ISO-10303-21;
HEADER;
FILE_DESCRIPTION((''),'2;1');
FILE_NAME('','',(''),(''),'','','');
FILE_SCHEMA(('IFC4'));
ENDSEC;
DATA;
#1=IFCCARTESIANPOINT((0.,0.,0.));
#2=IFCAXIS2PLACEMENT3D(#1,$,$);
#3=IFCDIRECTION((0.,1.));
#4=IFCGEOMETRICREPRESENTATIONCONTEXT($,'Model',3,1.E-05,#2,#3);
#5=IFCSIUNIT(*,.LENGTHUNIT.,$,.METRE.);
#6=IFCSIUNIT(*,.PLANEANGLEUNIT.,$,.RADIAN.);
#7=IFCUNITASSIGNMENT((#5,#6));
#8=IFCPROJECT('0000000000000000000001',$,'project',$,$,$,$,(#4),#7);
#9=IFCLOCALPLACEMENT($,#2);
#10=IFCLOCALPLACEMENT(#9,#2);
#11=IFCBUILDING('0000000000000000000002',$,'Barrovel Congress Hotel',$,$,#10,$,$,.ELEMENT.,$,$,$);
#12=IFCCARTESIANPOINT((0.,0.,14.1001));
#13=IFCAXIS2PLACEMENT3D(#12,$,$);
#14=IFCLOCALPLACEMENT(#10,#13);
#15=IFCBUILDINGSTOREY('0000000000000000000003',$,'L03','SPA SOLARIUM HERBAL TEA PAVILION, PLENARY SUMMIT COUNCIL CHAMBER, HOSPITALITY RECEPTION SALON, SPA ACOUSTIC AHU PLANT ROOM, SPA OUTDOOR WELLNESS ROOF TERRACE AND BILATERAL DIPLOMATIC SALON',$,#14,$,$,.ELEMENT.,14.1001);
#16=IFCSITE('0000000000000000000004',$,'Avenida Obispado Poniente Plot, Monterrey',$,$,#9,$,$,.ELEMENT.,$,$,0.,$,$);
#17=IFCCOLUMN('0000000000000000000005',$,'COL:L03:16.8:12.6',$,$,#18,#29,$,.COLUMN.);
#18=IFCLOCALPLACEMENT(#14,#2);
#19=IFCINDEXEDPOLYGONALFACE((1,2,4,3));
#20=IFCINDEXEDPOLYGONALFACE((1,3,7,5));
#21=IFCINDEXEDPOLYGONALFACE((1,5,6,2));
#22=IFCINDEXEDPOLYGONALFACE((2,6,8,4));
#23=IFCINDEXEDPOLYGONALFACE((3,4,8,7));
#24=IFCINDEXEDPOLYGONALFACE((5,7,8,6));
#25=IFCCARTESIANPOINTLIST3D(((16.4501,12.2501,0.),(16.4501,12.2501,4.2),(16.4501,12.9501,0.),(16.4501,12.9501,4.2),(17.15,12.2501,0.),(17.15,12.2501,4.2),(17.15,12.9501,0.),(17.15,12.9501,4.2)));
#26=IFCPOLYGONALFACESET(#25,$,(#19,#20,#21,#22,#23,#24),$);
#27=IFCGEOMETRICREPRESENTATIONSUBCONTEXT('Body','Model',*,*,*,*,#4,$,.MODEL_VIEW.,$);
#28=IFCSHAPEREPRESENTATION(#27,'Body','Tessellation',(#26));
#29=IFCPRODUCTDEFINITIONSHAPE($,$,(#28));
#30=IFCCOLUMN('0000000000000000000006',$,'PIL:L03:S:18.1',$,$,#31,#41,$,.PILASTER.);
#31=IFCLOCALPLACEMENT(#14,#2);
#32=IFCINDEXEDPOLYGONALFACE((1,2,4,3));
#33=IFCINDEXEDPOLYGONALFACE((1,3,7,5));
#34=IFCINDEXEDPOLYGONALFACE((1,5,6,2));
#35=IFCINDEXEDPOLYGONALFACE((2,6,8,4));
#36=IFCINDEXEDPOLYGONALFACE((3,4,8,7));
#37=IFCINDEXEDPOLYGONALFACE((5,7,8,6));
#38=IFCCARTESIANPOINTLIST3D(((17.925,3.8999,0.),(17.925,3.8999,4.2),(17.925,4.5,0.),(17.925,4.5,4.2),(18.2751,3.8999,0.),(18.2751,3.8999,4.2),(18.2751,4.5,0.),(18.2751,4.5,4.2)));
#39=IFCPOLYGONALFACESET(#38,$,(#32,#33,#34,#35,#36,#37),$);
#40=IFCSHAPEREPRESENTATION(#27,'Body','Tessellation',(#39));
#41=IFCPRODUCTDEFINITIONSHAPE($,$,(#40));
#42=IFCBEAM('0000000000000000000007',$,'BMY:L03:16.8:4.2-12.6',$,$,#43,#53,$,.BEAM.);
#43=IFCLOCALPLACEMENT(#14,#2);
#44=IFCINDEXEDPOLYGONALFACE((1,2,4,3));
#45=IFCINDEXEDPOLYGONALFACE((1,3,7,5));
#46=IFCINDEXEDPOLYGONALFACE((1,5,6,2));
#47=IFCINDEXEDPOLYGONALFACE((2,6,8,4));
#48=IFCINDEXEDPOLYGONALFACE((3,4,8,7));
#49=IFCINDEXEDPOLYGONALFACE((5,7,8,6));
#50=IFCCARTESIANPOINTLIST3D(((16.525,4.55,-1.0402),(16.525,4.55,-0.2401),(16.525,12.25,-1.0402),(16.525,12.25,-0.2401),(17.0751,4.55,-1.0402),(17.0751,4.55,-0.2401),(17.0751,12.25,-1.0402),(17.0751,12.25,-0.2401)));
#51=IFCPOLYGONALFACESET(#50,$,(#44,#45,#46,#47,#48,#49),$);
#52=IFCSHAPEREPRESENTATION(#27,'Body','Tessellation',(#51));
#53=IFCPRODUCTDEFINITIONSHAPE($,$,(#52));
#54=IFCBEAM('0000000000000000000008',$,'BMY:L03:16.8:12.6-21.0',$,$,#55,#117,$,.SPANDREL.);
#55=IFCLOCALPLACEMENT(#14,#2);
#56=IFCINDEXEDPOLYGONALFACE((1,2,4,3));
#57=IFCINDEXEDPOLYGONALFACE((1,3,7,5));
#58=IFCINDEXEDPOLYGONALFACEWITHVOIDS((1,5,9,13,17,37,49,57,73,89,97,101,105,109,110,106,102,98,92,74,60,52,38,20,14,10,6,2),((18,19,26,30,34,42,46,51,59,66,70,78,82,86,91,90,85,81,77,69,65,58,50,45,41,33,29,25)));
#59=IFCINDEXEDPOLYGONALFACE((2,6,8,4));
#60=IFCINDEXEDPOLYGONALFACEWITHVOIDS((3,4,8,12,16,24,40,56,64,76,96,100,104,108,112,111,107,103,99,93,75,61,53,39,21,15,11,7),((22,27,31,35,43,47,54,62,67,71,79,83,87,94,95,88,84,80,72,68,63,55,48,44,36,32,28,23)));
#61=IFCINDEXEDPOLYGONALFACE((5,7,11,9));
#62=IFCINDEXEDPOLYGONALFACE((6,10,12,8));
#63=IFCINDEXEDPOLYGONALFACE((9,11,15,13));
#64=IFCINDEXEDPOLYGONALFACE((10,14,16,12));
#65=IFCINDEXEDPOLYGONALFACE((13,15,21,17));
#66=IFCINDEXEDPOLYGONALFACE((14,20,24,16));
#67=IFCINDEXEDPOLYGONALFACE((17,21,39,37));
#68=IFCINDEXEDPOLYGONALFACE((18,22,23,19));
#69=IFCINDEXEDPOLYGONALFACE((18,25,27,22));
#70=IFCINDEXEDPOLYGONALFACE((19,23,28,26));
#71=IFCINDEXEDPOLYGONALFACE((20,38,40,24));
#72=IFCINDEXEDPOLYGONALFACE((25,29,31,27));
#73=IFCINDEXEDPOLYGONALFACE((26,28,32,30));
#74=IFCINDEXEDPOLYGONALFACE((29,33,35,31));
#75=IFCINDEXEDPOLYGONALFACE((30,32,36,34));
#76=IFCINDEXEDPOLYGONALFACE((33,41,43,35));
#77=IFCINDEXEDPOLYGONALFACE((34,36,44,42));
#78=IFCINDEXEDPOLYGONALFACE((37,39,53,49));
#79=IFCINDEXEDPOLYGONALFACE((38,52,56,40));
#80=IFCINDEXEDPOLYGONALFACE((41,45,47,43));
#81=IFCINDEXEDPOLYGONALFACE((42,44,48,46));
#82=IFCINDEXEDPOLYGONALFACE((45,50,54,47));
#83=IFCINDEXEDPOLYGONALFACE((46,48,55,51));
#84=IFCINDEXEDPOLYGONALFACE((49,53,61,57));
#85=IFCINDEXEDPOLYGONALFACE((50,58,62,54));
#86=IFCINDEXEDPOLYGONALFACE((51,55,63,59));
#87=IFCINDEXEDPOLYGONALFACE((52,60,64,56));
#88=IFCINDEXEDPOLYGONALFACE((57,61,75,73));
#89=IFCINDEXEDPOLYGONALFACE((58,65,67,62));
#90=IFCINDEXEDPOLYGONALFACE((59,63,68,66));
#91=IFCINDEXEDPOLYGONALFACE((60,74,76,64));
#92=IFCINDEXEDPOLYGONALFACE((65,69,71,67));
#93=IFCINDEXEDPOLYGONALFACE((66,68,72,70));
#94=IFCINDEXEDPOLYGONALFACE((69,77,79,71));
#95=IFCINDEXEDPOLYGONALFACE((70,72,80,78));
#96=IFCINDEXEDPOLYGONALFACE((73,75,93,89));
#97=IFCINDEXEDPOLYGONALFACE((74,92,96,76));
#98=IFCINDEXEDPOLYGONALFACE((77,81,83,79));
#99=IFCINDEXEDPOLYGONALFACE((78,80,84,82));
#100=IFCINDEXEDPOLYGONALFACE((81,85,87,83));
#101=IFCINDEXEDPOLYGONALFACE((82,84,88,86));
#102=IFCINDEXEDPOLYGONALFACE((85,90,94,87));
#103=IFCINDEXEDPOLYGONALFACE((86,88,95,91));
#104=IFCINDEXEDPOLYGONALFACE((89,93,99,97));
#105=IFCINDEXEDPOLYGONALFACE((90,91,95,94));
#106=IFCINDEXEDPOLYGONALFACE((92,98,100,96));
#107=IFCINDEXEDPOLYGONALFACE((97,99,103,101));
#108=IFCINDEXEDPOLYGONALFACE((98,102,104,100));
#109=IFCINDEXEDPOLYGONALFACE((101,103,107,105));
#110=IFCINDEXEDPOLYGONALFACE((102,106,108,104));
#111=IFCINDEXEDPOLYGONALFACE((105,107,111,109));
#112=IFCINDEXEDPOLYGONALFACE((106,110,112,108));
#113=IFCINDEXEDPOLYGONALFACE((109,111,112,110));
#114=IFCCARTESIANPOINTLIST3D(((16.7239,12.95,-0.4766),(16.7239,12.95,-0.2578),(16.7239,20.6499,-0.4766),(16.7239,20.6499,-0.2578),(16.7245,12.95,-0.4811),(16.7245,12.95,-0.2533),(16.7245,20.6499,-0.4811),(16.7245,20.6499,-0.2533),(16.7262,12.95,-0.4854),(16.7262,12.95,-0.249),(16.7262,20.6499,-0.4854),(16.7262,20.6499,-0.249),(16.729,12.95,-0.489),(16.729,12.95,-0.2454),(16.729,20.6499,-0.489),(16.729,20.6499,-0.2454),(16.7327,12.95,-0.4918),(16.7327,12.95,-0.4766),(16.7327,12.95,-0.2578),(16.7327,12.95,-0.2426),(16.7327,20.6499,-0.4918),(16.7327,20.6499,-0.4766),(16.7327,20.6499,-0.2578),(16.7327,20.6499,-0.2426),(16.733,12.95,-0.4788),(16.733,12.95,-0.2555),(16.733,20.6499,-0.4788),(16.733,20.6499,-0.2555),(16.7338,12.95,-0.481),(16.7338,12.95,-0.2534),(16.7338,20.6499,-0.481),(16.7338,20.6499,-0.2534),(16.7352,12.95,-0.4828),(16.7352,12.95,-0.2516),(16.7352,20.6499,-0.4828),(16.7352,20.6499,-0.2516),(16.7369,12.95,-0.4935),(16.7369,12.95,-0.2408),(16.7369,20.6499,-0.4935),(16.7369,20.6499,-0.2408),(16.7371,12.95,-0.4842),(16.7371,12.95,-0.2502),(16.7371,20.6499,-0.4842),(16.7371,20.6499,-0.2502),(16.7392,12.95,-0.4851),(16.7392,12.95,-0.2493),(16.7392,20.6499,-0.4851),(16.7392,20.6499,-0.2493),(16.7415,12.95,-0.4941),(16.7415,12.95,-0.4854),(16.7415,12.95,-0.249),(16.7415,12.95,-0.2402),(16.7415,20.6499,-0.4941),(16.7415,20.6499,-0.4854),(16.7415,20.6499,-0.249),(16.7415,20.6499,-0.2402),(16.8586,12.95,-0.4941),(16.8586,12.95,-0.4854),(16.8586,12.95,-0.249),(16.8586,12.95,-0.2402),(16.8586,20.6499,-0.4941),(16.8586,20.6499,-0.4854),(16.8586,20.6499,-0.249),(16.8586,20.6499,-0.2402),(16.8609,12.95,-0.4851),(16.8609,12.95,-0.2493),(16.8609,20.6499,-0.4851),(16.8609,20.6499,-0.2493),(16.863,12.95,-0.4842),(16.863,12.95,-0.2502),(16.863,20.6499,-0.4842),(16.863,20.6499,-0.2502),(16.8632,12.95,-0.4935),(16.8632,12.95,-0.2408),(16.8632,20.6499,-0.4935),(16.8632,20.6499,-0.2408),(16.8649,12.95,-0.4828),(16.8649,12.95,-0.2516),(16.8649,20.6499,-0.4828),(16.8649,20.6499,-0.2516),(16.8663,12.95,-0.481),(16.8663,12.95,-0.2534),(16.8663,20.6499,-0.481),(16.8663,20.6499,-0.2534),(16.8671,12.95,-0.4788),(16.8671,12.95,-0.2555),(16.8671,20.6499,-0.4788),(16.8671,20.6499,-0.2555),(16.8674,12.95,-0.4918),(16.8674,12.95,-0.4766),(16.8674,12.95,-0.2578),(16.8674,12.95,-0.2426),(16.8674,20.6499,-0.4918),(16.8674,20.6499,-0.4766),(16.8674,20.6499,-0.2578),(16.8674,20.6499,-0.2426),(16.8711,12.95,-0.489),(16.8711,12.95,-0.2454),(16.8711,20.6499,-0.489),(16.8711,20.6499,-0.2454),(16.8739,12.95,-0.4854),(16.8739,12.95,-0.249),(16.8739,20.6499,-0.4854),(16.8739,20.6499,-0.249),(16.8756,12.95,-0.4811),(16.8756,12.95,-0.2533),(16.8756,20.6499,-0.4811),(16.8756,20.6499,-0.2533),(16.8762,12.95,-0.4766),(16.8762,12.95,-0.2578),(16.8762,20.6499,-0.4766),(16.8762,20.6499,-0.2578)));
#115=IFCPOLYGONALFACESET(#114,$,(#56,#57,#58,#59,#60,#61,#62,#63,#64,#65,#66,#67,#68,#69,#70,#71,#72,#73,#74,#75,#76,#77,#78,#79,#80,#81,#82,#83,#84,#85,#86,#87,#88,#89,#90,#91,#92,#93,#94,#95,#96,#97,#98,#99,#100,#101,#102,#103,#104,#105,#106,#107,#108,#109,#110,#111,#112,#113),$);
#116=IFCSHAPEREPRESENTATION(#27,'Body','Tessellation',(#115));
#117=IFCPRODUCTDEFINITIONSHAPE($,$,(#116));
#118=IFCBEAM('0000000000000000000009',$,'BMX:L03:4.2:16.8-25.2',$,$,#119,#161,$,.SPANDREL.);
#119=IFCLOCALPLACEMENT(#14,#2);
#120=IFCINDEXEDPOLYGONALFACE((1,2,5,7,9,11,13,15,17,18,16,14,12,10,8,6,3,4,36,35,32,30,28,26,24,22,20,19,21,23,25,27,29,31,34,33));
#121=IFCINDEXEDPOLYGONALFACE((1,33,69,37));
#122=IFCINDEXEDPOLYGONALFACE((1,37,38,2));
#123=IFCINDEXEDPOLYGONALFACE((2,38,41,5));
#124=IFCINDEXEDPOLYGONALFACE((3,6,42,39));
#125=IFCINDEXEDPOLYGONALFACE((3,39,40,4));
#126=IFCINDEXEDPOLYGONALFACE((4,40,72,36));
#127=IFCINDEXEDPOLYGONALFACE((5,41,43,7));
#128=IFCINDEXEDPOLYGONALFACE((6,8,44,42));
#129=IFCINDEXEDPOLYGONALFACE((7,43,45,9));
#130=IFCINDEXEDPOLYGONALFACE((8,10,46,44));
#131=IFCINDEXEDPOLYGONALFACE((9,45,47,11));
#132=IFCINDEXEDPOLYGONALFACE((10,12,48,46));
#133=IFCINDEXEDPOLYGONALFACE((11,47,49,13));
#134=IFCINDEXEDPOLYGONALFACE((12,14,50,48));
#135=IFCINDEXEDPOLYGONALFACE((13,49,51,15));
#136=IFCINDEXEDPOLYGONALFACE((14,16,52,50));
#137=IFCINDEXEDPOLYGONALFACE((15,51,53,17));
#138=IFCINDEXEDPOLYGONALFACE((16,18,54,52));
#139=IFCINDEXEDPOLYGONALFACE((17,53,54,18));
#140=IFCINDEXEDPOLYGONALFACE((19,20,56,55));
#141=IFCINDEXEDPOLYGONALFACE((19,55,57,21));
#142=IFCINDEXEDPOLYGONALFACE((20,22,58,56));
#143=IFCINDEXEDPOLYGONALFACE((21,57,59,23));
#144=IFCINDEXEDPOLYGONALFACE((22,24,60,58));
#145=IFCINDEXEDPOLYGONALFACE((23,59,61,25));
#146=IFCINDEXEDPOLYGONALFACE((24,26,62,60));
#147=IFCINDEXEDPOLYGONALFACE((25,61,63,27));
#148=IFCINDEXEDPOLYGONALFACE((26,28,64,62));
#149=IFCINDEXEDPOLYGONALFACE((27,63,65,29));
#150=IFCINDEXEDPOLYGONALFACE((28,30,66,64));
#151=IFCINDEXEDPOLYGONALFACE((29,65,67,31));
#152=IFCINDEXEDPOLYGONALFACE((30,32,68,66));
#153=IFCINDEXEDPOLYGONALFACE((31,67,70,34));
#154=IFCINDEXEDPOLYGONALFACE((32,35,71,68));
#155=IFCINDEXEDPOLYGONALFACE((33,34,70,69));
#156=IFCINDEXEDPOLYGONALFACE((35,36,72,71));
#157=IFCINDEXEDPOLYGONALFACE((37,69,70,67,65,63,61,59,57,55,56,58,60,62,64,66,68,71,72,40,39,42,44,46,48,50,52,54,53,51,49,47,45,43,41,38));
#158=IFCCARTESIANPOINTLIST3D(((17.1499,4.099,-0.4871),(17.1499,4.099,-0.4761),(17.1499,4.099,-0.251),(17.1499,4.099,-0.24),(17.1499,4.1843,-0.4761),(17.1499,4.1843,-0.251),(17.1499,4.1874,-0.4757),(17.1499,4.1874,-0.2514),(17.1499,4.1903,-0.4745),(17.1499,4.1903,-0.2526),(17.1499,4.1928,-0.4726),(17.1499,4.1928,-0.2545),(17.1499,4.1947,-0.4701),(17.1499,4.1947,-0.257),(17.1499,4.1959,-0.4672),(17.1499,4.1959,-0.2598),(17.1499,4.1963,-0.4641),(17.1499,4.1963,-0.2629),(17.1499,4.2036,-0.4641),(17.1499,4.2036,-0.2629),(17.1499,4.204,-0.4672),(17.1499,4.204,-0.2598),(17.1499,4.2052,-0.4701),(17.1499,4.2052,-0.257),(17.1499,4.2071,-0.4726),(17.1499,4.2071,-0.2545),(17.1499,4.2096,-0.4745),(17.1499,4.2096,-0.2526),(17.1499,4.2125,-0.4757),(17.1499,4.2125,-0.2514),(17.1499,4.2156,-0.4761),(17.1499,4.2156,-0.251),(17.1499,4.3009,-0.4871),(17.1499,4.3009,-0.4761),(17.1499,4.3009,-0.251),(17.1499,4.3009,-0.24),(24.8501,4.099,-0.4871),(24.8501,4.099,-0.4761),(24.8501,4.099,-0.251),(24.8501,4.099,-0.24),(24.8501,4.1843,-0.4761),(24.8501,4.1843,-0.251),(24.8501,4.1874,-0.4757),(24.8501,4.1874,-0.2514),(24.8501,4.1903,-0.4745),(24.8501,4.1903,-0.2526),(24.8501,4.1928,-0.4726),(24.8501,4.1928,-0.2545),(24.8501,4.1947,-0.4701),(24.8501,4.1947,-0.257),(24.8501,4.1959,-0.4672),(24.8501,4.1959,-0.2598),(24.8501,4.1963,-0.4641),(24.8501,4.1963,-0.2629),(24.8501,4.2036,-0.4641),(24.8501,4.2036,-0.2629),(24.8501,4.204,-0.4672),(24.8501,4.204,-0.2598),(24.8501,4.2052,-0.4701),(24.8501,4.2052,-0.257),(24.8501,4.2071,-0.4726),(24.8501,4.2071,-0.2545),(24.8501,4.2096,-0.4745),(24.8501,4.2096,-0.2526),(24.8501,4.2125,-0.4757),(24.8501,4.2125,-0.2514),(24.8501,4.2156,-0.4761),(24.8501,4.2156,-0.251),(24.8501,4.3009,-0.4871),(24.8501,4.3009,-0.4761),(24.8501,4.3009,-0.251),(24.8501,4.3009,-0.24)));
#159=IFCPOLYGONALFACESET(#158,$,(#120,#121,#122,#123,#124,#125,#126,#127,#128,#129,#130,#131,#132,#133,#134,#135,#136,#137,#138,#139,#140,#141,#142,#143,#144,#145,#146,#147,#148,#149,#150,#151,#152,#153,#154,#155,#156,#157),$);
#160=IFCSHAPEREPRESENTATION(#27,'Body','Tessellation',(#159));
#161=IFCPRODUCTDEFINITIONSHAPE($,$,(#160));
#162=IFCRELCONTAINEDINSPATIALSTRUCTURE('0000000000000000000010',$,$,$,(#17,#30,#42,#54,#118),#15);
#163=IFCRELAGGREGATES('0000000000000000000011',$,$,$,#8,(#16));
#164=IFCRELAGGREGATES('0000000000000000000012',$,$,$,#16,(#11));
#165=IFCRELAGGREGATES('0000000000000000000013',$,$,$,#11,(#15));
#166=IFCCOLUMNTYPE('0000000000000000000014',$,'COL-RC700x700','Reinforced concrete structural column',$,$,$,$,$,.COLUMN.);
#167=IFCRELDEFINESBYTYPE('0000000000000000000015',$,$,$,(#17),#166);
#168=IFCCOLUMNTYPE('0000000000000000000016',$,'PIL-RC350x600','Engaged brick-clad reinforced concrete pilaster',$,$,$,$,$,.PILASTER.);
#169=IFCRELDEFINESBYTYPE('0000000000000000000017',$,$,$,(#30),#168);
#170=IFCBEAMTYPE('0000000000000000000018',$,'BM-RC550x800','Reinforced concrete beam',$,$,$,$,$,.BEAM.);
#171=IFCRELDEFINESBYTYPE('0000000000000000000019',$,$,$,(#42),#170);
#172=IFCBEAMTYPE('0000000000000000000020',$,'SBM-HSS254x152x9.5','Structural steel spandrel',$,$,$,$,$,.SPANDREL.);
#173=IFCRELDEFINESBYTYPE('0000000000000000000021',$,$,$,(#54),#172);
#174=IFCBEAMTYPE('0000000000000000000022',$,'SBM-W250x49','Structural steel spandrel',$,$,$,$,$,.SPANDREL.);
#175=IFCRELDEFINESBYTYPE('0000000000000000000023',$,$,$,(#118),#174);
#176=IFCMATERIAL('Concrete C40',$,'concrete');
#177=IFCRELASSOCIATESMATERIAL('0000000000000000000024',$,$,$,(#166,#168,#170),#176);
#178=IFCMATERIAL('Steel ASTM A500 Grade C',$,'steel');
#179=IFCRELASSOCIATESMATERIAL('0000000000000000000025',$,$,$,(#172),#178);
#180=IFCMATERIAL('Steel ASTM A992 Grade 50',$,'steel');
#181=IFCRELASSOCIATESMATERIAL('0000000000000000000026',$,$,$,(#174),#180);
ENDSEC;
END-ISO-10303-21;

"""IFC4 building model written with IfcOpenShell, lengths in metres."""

from ifc_helpers import new_model, si_unit, direction, frame, origin, origin_2d, place, context, subcontext, project, spatial, rectangle, hollow_rectangle, i_section, extrude, material, material_profile, profile_set, type_object, element, save


model = new_model("IFC4")

# Units and contexts
model_context = context("Model", 3, precision=1e-05, world=origin(), true_north=direction((0.0, 1.0)))
body_context = subcontext(model_context, "Body", "Model", "MODEL_VIEW")
ifc_project = project(units=[si_unit("LENGTHUNIT", "METRE"), si_unit("PLANEANGLEUNIT", "RADIAN")], contexts=[model_context])

# Site, building, storey
site_placement = place(None, origin())
site = spatial("IfcSite", under=ifc_project, at=site_placement, Name="Avenida Obispado Poniente Plot, Monterrey", CompositionType="ELEMENT", RefElevation=0.0)
building_placement = place(site_placement, origin())
building = spatial("IfcBuilding", under=site, at=building_placement, Name="Barrovel Congress Hotel", CompositionType="ELEMENT")
storey_placement = place(building_placement, frame((0.0, 0.0, 14.1001)))
storey = spatial("IfcBuildingStorey", under=building, at=storey_placement, Name="L03", Description="SPA SOLARIUM HERBAL TEA PAVILION, PLENARY SUMMIT COUNCIL CHAMBER, HOSPITALITY RECEPTION SALON, SPA ACOUSTIC AHU PLANT ROOM, SPA OUTDOOR WELLNESS ROOF TERRACE AND BILATERAL DIPLOMATIC SALON", CompositionType="ELEMENT", Elevation=14.1001)

# Columns
ifc_material_1 = material(Name="Concrete C40", Category="concrete")
ifc_material_profile_1 = material_profile(ifc_material_1, rectangle(XDim=0.7, YDim=0.7, at=origin_2d()), Name="RC700x700")
ifc_profile_set_1 = profile_set([ifc_material_profile_1], Name="Concrete C40")
column_type_1 = type_object("IfcColumnType", Name="COL-RC700x700", Description="Reinforced concrete structural column", PredefinedType="COLUMN", material=ifc_profile_set_1)
column_1_placement = place(storey_placement, frame((16.8, 12.6001, 0.0), z_axis=(0.0, 0.0, 1.0), x_axis=(1.0, 0.0, 0.0)))
element("IfcColumn", 1, at=column_1_placement, inside=storey, type_object=column_type_1, Name="COL:L03:16.8:12.6", PredefinedType="COLUMN", context=body_context, shape_type="SweptSolid", body=[
    extrude(rectangle(XDim=0.7, YDim=0.7, at=origin_2d()), origin(), (0.0, 0.0, 1.0), 4.2),
])
ifc_material_profile_2 = material_profile(ifc_material_1, rectangle(XDim=0.3501, YDim=0.6001, at=origin_2d()), Name="RC350x600")
ifc_profile_set_2 = profile_set([ifc_material_profile_2], Name="Concrete C40")
column_type_2 = type_object("IfcColumnType", Name="PIL-RC350x600", Description="Engaged brick-clad reinforced concrete pilaster", PredefinedType="PILASTER", material=ifc_profile_set_2)
column_2_placement = place(storey_placement, frame((18.1001, 4.2, 0.0), z_axis=(0.0, 0.0, 1.0), x_axis=(1.0, 0.0, 0.0)))
element("IfcColumn", 2, at=column_2_placement, inside=storey, type_object=column_type_2, Name="PIL:L03:S:18.1", PredefinedType="PILASTER", context=body_context, shape_type="SweptSolid", body=[
    extrude(rectangle(XDim=0.3501, YDim=0.6001, at=origin_2d()), origin(), (0.0, 0.0, 1.0), 4.2),
])

# Beams
ifc_material_profile_3 = material_profile(ifc_material_1, rectangle(XDim=0.55, YDim=0.8, at=origin_2d()), Name="RC550x800")
ifc_profile_set_3 = profile_set([ifc_material_profile_3], Name="Concrete C40")
beam_type_1 = type_object("IfcBeamType", Name="BM-RC550x800", Description="Reinforced concrete beam", PredefinedType="BEAM", material=ifc_profile_set_3)
beam_1_placement = place(storey_placement, frame((16.8, 4.55, -0.6401), z_axis=(0.0, 1.0, 0.0), x_axis=(-1.0, 0.0, 0.0)))
element("IfcBeam", 3, at=beam_1_placement, inside=storey, type_object=beam_type_1, Name="BMY:L03:16.8:4.2-12.6", PredefinedType="BEAM", context=body_context, shape_type="SweptSolid", body=[
    extrude(rectangle(XDim=0.55, YDim=0.8, at=origin_2d()), origin(), (0.0, 0.0, 1.0), 7.7),
])
ifc_material_2 = material(Name="Steel ASTM A500 Grade C", Category="steel")
ifc_material_profile_4 = material_profile(ifc_material_2, hollow_rectangle(XDim=0.1523, YDim=0.2539, WallThickness=0.0088, InnerFilletRadius=0.0088, OuterFilletRadius=0.0176, at=origin_2d()), Name="HSS254x152x9.5")
ifc_profile_set_4 = profile_set([ifc_material_profile_4], Name="Steel ASTM A500 Grade C")
beam_type_2 = type_object("IfcBeamType", Name="SBM-HSS254x152x9.5", Description="Structural steel spandrel", PredefinedType="SPANDREL", material=ifc_profile_set_4)
beam_2_placement = place(storey_placement, frame((16.8, 12.95, -0.3672), z_axis=(0.0, 1.0, 0.0), x_axis=(-1.0, 0.0, 0.0)))
element("IfcBeam", 4, at=beam_2_placement, inside=storey, type_object=beam_type_2, Name="BMY:L03:16.8:12.6-21.0", PredefinedType="SPANDREL", context=body_context, shape_type="SweptSolid", body=[
    extrude(hollow_rectangle(XDim=0.1523, YDim=0.2539, WallThickness=0.0088, InnerFilletRadius=0.0088, OuterFilletRadius=0.0176, at=origin_2d()), origin(), (0.0, 0.0, 1.0), 7.7),
])
ifc_material_3 = material(Name="Steel ASTM A992 Grade 50", Category="steel")
ifc_material_profile_5 = material_profile(ifc_material_3, i_section(OverallWidth=0.2019, OverallDepth=0.2471, WebThickness=0.0073, FlangeThickness=0.011, FilletRadius=0.012, at=origin_2d()), Name="W250x49")
ifc_profile_set_5 = profile_set([ifc_material_profile_5], Name="Steel ASTM A992 Grade 50")
beam_type_3 = type_object("IfcBeamType", Name="SBM-W250x49", Description="Structural steel spandrel", PredefinedType="SPANDREL", material=ifc_profile_set_5)
beam_3_placement = place(storey_placement, frame((17.1499, 4.2, -0.3635), z_axis=(1.0, 0.0, 0.0), x_axis=(0.0, 1.0, 0.0)))
element("IfcBeam", 5, at=beam_3_placement, inside=storey, type_object=beam_type_3, Name="BMX:L03:4.2:16.8-25.2", PredefinedType="SPANDREL", context=body_context, shape_type="SweptSolid", body=[
    extrude(i_section(OverallWidth=0.2019, OverallDepth=0.2471, WebThickness=0.0073, FlangeThickness=0.011, FilletRadius=0.012, at=origin_2d()), origin(), (0.0, 0.0, 1.0), 7.7002),
])

save(model, "model.ifc")
